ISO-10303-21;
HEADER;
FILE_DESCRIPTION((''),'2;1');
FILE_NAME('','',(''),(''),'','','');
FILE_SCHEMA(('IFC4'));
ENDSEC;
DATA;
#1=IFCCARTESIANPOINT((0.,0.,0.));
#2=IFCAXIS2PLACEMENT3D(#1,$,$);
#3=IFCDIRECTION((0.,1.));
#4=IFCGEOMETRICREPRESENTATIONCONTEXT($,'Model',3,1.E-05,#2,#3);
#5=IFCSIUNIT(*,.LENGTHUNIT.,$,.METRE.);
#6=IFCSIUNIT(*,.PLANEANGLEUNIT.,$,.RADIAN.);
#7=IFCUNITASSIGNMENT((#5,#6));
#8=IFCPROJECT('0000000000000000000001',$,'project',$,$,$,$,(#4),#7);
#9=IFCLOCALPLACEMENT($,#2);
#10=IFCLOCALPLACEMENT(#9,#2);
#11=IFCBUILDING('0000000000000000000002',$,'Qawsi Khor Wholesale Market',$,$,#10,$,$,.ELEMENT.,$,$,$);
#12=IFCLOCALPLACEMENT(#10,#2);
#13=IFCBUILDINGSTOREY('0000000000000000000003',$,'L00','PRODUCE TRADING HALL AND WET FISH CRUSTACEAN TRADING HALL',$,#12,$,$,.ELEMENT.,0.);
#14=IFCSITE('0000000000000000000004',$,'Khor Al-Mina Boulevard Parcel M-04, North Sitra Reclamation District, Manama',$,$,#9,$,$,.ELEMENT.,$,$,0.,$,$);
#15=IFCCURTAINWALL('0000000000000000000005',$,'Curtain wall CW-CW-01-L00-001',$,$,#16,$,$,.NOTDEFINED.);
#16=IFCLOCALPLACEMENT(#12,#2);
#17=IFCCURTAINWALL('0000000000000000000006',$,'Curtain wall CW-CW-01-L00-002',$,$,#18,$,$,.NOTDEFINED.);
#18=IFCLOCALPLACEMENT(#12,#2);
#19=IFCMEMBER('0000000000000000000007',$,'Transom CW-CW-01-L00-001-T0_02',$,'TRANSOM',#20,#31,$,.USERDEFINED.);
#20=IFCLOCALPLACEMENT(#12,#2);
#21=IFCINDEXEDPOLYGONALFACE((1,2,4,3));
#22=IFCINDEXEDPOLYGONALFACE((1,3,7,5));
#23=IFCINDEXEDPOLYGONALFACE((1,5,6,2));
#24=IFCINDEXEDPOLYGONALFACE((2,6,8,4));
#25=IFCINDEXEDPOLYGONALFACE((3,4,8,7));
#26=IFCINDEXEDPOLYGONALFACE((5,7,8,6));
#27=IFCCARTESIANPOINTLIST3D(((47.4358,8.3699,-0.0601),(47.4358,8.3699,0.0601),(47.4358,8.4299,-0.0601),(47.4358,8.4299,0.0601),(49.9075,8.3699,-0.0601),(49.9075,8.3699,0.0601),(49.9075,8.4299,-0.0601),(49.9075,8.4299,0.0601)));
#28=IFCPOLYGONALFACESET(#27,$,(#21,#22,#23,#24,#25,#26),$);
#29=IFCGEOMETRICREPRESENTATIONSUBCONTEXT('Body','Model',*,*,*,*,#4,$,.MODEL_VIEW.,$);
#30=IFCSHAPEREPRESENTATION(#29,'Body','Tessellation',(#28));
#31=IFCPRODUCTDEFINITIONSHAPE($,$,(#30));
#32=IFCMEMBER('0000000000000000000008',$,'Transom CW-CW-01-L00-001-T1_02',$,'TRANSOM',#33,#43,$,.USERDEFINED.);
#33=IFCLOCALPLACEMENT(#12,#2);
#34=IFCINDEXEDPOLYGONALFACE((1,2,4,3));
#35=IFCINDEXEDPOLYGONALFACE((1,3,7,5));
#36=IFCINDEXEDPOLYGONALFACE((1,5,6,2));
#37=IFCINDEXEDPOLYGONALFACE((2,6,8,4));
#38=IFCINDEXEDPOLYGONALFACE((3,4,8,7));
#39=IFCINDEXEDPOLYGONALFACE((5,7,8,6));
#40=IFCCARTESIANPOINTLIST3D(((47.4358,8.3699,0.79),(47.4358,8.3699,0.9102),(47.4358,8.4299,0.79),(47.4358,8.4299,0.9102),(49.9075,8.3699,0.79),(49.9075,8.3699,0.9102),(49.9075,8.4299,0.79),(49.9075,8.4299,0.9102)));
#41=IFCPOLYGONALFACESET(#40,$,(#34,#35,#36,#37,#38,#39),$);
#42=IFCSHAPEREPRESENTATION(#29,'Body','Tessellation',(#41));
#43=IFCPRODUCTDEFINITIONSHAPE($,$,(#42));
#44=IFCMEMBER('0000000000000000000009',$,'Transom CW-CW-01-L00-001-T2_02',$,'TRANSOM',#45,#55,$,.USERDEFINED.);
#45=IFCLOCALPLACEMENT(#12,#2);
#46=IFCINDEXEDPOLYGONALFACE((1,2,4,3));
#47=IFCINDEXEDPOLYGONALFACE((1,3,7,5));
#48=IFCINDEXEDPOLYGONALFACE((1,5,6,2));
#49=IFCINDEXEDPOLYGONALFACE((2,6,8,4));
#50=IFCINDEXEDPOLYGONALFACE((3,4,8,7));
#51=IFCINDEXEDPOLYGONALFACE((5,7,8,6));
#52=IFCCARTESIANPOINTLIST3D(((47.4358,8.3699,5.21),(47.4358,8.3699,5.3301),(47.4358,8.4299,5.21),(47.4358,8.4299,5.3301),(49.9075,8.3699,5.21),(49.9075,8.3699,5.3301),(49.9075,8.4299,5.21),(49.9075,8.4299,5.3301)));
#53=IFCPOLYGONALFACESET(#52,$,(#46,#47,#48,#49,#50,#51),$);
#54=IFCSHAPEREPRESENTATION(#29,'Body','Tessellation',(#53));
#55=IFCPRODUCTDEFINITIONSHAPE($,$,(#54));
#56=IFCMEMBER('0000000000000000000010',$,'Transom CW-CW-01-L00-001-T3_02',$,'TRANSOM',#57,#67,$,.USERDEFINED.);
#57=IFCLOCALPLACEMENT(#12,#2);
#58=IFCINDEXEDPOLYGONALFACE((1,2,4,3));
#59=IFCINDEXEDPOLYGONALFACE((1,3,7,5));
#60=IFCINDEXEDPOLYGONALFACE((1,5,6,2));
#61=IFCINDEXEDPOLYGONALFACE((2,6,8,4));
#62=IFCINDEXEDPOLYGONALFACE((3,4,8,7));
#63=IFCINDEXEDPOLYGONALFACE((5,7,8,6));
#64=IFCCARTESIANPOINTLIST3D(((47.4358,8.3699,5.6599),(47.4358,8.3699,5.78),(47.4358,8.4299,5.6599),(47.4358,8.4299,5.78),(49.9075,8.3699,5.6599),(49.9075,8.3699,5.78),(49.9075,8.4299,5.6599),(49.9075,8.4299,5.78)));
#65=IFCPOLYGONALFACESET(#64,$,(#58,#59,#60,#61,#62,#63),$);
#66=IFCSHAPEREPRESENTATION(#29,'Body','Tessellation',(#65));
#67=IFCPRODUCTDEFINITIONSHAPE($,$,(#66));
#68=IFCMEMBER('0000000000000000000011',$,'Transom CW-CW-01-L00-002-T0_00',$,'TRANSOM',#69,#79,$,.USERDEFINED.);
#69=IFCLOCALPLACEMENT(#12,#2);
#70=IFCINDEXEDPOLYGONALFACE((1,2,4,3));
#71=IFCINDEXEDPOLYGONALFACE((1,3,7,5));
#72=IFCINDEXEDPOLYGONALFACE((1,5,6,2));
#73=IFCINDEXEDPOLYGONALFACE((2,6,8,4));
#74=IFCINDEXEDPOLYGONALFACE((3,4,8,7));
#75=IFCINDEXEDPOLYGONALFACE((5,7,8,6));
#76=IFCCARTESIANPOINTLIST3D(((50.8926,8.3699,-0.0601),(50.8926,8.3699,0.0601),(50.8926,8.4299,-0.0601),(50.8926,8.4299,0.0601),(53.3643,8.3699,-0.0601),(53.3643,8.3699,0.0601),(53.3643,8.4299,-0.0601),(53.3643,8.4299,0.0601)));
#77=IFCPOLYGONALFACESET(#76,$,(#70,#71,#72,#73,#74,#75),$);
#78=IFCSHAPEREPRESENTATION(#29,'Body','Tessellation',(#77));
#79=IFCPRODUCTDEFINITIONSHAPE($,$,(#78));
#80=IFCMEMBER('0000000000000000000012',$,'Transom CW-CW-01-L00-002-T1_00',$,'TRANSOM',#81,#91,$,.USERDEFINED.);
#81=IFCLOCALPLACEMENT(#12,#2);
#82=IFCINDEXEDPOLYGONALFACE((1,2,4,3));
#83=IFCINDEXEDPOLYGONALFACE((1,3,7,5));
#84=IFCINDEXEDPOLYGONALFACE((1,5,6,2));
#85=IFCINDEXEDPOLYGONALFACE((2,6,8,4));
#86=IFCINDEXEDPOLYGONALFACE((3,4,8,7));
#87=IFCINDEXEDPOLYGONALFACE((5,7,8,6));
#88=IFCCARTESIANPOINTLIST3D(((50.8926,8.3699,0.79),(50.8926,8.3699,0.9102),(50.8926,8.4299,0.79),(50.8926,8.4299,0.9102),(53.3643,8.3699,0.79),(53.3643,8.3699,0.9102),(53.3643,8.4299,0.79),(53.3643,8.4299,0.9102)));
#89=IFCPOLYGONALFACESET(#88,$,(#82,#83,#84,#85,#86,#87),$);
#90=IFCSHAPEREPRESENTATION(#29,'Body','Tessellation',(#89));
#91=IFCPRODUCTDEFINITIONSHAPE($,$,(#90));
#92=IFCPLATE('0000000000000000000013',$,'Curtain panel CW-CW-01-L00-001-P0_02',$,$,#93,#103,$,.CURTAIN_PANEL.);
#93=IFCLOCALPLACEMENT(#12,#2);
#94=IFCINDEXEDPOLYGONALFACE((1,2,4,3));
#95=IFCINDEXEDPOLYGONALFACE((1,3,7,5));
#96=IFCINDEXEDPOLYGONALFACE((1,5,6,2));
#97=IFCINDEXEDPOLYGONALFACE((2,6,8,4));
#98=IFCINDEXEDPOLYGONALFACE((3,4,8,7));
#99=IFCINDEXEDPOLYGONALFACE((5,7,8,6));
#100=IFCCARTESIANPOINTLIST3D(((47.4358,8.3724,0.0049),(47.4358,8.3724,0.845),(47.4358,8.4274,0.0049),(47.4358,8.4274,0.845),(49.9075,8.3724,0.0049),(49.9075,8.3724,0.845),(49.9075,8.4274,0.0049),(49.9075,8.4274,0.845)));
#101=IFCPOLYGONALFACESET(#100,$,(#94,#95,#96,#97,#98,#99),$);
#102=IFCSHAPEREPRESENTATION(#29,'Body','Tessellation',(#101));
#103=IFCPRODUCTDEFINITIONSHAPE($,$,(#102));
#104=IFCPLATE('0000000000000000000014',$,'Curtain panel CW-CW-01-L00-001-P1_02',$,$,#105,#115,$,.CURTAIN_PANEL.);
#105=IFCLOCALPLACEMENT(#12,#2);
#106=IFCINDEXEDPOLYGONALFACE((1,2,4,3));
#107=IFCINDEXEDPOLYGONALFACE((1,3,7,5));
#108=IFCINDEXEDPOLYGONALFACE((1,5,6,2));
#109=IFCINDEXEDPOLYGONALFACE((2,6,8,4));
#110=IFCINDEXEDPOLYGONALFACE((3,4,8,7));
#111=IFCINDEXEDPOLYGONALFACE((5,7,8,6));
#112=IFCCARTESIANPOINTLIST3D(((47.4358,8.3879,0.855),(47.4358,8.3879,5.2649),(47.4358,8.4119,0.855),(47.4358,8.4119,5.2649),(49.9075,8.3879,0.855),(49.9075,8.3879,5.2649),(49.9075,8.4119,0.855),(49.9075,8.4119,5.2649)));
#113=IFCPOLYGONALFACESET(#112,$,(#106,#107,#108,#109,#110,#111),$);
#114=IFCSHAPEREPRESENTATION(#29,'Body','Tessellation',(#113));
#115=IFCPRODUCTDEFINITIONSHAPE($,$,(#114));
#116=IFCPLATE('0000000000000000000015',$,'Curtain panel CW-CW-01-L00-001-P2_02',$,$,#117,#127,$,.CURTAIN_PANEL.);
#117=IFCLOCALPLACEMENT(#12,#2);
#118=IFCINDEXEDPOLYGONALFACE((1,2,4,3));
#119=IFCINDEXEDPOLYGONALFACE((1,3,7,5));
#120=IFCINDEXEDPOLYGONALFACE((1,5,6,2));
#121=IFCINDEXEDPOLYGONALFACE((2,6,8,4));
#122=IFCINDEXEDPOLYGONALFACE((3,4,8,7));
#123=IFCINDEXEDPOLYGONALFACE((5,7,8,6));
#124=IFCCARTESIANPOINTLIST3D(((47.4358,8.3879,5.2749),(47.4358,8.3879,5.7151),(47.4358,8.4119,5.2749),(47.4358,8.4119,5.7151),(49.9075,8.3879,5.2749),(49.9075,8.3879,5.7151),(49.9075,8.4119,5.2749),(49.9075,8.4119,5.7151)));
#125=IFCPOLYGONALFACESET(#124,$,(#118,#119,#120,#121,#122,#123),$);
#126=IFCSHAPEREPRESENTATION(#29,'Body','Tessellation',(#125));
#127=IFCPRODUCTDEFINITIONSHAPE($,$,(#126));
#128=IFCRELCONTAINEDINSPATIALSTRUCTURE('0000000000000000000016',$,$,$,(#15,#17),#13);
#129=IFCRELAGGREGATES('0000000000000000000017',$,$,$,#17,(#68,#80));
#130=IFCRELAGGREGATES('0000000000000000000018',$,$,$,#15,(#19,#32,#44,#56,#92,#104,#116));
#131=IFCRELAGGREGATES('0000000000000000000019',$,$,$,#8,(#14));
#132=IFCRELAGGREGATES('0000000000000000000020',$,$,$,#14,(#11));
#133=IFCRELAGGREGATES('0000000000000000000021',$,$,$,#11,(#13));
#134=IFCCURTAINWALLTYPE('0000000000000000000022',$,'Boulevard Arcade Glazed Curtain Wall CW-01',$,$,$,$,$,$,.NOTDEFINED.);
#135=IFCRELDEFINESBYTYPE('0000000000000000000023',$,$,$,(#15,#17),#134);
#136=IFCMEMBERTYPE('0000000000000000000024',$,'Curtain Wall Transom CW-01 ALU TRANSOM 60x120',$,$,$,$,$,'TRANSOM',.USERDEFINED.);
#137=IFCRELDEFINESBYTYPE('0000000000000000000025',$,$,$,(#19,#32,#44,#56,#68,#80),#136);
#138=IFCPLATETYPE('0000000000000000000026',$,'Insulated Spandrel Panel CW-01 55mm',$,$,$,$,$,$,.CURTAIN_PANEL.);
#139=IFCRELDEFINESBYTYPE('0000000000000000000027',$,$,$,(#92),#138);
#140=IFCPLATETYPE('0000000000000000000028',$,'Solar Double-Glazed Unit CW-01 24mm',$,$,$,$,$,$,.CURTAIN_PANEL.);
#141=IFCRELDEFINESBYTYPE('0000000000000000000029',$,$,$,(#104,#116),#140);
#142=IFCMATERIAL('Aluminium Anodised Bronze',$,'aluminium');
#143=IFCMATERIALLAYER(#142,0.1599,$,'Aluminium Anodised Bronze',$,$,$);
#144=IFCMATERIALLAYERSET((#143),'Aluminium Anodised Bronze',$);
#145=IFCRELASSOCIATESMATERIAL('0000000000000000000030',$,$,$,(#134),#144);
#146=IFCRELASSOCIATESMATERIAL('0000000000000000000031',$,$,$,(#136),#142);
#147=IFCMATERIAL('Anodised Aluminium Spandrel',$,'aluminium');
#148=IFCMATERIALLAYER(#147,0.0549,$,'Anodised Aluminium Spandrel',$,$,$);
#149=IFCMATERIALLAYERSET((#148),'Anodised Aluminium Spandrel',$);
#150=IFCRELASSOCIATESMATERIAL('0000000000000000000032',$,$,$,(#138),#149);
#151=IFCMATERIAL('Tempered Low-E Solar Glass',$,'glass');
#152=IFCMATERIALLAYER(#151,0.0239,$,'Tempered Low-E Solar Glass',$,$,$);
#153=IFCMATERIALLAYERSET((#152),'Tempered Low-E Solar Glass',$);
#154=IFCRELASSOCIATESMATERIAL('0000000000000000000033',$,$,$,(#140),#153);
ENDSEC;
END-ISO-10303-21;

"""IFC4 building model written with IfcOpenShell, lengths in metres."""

from ifc_helpers import new_model, si_unit, direction, frame, frame_2d, origin, origin_2d, place, context, subcontext, project, spatial, rectangle, extrude, material, layer, layer_set, material_profile, profile_set, type_object, element, aggregate, save


model = new_model("IFC4")

# Units and contexts
model_context = context("Model", 3, precision=1e-05, world=origin(), true_north=direction((0.0, 1.0)))
body_context = subcontext(model_context, "Body", "Model", "MODEL_VIEW")
ifc_project = project(units=[si_unit("LENGTHUNIT", "METRE"), si_unit("PLANEANGLEUNIT", "RADIAN")], contexts=[model_context])

# Site, building, storey
site_placement = place(None, origin())
site = spatial("IfcSite", under=ifc_project, at=site_placement, Name="Khor Al-Mina Boulevard Parcel M-04, North Sitra Reclamation District, Manama", CompositionType="ELEMENT", RefElevation=0.0)
building_placement = place(site_placement, origin())
building = spatial("IfcBuilding", under=site, at=building_placement, Name="Qawsi Khor Wholesale Market", CompositionType="ELEMENT")
storey_placement = place(building_placement, origin())
storey = spatial("IfcBuildingStorey", under=building, at=storey_placement, Name="L00", Description="PRODUCE TRADING HALL AND WET FISH CRUSTACEAN TRADING HALL", CompositionType="ELEMENT", Elevation=0.0)

# Curtain wall
ifc_material_1 = material(Name="Aluminium Anodised Bronze", Category="aluminium")
ifc_layer_1 = layer(ifc_material_1, 0.1599, Name="Aluminium Anodised Bronze")
ifc_layer_set_1 = layer_set([ifc_layer_1], Name="Aluminium Anodised Bronze")
curtain_wall_type = type_object("IfcCurtainWallType", Name="Boulevard Arcade Glazed Curtain Wall CW-01", PredefinedType="NOTDEFINED", material=ifc_layer_set_1)
curtain_wall_1_placement = place(storey_placement, origin())
curtain_wall_1 = element("IfcCurtainWall", 1, at=curtain_wall_1_placement, inside=storey, type_object=curtain_wall_type, Name="Curtain wall CW-CW-01-L00-001", PredefinedType="NOTDEFINED")

# Curtain wall
curtain_wall_2_placement = place(storey_placement, origin())
curtain_wall_2 = element("IfcCurtainWall", 2, at=curtain_wall_2_placement, inside=storey, type_object=curtain_wall_type, Name="Curtain wall CW-CW-01-L00-002", PredefinedType="NOTDEFINED")

# Members
ifc_material_profile_1 = material_profile(ifc_material_1, rectangle(XDim=0.0601, YDim=0.1201, at=origin_2d()), Name="ALU TRANSOM 60x120")
ifc_profile_set_1 = profile_set([ifc_material_profile_1], Name="Aluminium Anodised Bronze")
member_type_1 = type_object("IfcMemberType", Name="Curtain Wall Transom CW-01 ALU TRANSOM 60x120", ElementType="TRANSOM", PredefinedType="USERDEFINED", material=ifc_profile_set_1)
member_1_placement = place(storey_placement, frame((47.4358, 8.3999, 0.0), z_axis=(1.0, 0.0, 0.0), x_axis=(0.0, 1.0, 0.0)))
member_1 = element("IfcMember", 3, at=member_1_placement, type_object=member_type_1, Name="Transom CW-CW-01-L00-001-T0_02", ObjectType="TRANSOM", PredefinedType="USERDEFINED", context=body_context, shape_type="SweptSolid", body=[
    extrude(rectangle(XDim=0.0601, YDim=0.1201, at=origin_2d()), origin(), (0.0, 0.0, 1.0), 2.4717),
])
member_2_placement = place(storey_placement, frame((47.4358, 8.3999, 0.8501), z_axis=(1.0, 0.0, 0.0), x_axis=(0.0, 1.0, 0.0)))
member_2 = element("IfcMember", 4, at=member_2_placement, type_object=member_type_1, Name="Transom CW-CW-01-L00-001-T1_02", ObjectType="TRANSOM", PredefinedType="USERDEFINED", context=body_context, shape_type="SweptSolid", body=[
    extrude(rectangle(XDim=0.0601, YDim=0.1201, at=origin_2d()), origin(), (0.0, 0.0, 1.0), 2.4717),
])
member_3_placement = place(storey_placement, frame((47.4358, 8.3999, 5.27), z_axis=(1.0, 0.0, 0.0), x_axis=(0.0, 1.0, 0.0)))
member_3 = element("IfcMember", 5, at=member_3_placement, type_object=member_type_1, Name="Transom CW-CW-01-L00-001-T2_02", ObjectType="TRANSOM", PredefinedType="USERDEFINED", context=body_context, shape_type="SweptSolid", body=[
    extrude(rectangle(XDim=0.0601, YDim=0.1201, at=origin_2d()), origin(), (0.0, 0.0, 1.0), 2.4717),
])
member_4_placement = place(storey_placement, frame((47.4358, 8.3999, 5.72), z_axis=(1.0, 0.0, 0.0), x_axis=(0.0, 1.0, 0.0)))
member_4 = element("IfcMember", 6, at=member_4_placement, type_object=member_type_1, Name="Transom CW-CW-01-L00-001-T3_02", ObjectType="TRANSOM", PredefinedType="USERDEFINED", context=body_context, shape_type="SweptSolid", body=[
    extrude(rectangle(XDim=0.0601, YDim=0.1201, at=origin_2d()), origin(), (0.0, 0.0, 1.0), 2.4717),
])
member_5_placement = place(storey_placement, frame((50.8926, 8.3999, 0.0), z_axis=(1.0, 0.0, 0.0), x_axis=(0.0, 1.0, 0.0)))
member_5 = element("IfcMember", 7, at=member_5_placement, type_object=member_type_1, Name="Transom CW-CW-01-L00-002-T0_00", ObjectType="TRANSOM", PredefinedType="USERDEFINED", context=body_context, shape_type="SweptSolid", body=[
    extrude(rectangle(XDim=0.0601, YDim=0.1201, at=origin_2d()), origin(), (0.0, 0.0, 1.0), 2.4717),
])
member_6_placement = place(storey_placement, frame((50.8926, 8.3999, 0.8501), z_axis=(1.0, 0.0, 0.0), x_axis=(0.0, 1.0, 0.0)))
member_6 = element("IfcMember", 8, at=member_6_placement, type_object=member_type_1, Name="Transom CW-CW-01-L00-002-T1_00", ObjectType="TRANSOM", PredefinedType="USERDEFINED", context=body_context, shape_type="SweptSolid", body=[
    extrude(rectangle(XDim=0.0601, YDim=0.1201, at=origin_2d()), origin(), (0.0, 0.0, 1.0), 2.4717),
])
aggregate(curtain_wall_2, [member_5, member_6])

# Plates
ifc_material_2 = material(Name="Anodised Aluminium Spandrel", Category="aluminium")
ifc_layer_2 = layer(ifc_material_2, 0.0549, Name="Anodised Aluminium Spandrel")
ifc_layer_set_2 = layer_set([ifc_layer_2], Name="Anodised Aluminium Spandrel")
plate_type_1 = type_object("IfcPlateType", Name="Insulated Spandrel Panel CW-01 55mm", PredefinedType="CURTAIN_PANEL", material=ifc_layer_set_2)
plate_1_placement = place(storey_placement, frame((47.4358, 8.3999, 0.0049), z_axis=(0.0, 0.0, 1.0), x_axis=(1.0, 0.0, 0.0)))
plate_1 = element("IfcPlate", 9, at=plate_1_placement, type_object=plate_type_1, Name="Curtain panel CW-CW-01-L00-001-P0_02", PredefinedType="CURTAIN_PANEL", context=body_context, shape_type="SweptSolid", body=[
    extrude(rectangle(XDim=2.4717, YDim=0.0549, at=frame_2d((1.2358, 0.0))), origin(), (0.0, 0.0, 1.0), 0.8401),
])
ifc_material_3 = material(Name="Tempered Low-E Solar Glass", Category="glass")
ifc_layer_3 = layer(ifc_material_3, 0.0239, Name="Tempered Low-E Solar Glass")
ifc_layer_set_3 = layer_set([ifc_layer_3], Name="Tempered Low-E Solar Glass")
plate_type_2 = type_object("IfcPlateType", Name="Solar Double-Glazed Unit CW-01 24mm", PredefinedType="CURTAIN_PANEL", material=ifc_layer_set_3)
plate_2_placement = place(storey_placement, frame((47.4358, 8.3999, 0.855), z_axis=(0.0, 0.0, 1.0), x_axis=(1.0, 0.0, 0.0)))
plate_2 = element("IfcPlate", 10, at=plate_2_placement, type_object=plate_type_2, Name="Curtain panel CW-CW-01-L00-001-P1_02", PredefinedType="CURTAIN_PANEL", context=body_context, shape_type="SweptSolid", body=[
    extrude(rectangle(XDim=2.4717, YDim=0.0239, at=frame_2d((1.2358, 0.0))), origin(), (0.0, 0.0, 1.0), 4.4099),
])
plate_3_placement = place(storey_placement, frame((47.4358, 8.3999, 5.2749), z_axis=(0.0, 0.0, 1.0), x_axis=(1.0, 0.0, 0.0)))
plate_3 = element("IfcPlate", 11, at=plate_3_placement, type_object=plate_type_2, Name="Curtain panel CW-CW-01-L00-001-P2_02", PredefinedType="CURTAIN_PANEL", context=body_context, shape_type="SweptSolid", body=[
    extrude(rectangle(XDim=2.4717, YDim=0.0239, at=frame_2d((1.2358, 0.0))), origin(), (0.0, 0.0, 1.0), 0.4402),
])
aggregate(curtain_wall_1, [member_1, member_2, member_3, member_4, plate_1, plate_2, plate_3])

save(model, "model.ifc")
